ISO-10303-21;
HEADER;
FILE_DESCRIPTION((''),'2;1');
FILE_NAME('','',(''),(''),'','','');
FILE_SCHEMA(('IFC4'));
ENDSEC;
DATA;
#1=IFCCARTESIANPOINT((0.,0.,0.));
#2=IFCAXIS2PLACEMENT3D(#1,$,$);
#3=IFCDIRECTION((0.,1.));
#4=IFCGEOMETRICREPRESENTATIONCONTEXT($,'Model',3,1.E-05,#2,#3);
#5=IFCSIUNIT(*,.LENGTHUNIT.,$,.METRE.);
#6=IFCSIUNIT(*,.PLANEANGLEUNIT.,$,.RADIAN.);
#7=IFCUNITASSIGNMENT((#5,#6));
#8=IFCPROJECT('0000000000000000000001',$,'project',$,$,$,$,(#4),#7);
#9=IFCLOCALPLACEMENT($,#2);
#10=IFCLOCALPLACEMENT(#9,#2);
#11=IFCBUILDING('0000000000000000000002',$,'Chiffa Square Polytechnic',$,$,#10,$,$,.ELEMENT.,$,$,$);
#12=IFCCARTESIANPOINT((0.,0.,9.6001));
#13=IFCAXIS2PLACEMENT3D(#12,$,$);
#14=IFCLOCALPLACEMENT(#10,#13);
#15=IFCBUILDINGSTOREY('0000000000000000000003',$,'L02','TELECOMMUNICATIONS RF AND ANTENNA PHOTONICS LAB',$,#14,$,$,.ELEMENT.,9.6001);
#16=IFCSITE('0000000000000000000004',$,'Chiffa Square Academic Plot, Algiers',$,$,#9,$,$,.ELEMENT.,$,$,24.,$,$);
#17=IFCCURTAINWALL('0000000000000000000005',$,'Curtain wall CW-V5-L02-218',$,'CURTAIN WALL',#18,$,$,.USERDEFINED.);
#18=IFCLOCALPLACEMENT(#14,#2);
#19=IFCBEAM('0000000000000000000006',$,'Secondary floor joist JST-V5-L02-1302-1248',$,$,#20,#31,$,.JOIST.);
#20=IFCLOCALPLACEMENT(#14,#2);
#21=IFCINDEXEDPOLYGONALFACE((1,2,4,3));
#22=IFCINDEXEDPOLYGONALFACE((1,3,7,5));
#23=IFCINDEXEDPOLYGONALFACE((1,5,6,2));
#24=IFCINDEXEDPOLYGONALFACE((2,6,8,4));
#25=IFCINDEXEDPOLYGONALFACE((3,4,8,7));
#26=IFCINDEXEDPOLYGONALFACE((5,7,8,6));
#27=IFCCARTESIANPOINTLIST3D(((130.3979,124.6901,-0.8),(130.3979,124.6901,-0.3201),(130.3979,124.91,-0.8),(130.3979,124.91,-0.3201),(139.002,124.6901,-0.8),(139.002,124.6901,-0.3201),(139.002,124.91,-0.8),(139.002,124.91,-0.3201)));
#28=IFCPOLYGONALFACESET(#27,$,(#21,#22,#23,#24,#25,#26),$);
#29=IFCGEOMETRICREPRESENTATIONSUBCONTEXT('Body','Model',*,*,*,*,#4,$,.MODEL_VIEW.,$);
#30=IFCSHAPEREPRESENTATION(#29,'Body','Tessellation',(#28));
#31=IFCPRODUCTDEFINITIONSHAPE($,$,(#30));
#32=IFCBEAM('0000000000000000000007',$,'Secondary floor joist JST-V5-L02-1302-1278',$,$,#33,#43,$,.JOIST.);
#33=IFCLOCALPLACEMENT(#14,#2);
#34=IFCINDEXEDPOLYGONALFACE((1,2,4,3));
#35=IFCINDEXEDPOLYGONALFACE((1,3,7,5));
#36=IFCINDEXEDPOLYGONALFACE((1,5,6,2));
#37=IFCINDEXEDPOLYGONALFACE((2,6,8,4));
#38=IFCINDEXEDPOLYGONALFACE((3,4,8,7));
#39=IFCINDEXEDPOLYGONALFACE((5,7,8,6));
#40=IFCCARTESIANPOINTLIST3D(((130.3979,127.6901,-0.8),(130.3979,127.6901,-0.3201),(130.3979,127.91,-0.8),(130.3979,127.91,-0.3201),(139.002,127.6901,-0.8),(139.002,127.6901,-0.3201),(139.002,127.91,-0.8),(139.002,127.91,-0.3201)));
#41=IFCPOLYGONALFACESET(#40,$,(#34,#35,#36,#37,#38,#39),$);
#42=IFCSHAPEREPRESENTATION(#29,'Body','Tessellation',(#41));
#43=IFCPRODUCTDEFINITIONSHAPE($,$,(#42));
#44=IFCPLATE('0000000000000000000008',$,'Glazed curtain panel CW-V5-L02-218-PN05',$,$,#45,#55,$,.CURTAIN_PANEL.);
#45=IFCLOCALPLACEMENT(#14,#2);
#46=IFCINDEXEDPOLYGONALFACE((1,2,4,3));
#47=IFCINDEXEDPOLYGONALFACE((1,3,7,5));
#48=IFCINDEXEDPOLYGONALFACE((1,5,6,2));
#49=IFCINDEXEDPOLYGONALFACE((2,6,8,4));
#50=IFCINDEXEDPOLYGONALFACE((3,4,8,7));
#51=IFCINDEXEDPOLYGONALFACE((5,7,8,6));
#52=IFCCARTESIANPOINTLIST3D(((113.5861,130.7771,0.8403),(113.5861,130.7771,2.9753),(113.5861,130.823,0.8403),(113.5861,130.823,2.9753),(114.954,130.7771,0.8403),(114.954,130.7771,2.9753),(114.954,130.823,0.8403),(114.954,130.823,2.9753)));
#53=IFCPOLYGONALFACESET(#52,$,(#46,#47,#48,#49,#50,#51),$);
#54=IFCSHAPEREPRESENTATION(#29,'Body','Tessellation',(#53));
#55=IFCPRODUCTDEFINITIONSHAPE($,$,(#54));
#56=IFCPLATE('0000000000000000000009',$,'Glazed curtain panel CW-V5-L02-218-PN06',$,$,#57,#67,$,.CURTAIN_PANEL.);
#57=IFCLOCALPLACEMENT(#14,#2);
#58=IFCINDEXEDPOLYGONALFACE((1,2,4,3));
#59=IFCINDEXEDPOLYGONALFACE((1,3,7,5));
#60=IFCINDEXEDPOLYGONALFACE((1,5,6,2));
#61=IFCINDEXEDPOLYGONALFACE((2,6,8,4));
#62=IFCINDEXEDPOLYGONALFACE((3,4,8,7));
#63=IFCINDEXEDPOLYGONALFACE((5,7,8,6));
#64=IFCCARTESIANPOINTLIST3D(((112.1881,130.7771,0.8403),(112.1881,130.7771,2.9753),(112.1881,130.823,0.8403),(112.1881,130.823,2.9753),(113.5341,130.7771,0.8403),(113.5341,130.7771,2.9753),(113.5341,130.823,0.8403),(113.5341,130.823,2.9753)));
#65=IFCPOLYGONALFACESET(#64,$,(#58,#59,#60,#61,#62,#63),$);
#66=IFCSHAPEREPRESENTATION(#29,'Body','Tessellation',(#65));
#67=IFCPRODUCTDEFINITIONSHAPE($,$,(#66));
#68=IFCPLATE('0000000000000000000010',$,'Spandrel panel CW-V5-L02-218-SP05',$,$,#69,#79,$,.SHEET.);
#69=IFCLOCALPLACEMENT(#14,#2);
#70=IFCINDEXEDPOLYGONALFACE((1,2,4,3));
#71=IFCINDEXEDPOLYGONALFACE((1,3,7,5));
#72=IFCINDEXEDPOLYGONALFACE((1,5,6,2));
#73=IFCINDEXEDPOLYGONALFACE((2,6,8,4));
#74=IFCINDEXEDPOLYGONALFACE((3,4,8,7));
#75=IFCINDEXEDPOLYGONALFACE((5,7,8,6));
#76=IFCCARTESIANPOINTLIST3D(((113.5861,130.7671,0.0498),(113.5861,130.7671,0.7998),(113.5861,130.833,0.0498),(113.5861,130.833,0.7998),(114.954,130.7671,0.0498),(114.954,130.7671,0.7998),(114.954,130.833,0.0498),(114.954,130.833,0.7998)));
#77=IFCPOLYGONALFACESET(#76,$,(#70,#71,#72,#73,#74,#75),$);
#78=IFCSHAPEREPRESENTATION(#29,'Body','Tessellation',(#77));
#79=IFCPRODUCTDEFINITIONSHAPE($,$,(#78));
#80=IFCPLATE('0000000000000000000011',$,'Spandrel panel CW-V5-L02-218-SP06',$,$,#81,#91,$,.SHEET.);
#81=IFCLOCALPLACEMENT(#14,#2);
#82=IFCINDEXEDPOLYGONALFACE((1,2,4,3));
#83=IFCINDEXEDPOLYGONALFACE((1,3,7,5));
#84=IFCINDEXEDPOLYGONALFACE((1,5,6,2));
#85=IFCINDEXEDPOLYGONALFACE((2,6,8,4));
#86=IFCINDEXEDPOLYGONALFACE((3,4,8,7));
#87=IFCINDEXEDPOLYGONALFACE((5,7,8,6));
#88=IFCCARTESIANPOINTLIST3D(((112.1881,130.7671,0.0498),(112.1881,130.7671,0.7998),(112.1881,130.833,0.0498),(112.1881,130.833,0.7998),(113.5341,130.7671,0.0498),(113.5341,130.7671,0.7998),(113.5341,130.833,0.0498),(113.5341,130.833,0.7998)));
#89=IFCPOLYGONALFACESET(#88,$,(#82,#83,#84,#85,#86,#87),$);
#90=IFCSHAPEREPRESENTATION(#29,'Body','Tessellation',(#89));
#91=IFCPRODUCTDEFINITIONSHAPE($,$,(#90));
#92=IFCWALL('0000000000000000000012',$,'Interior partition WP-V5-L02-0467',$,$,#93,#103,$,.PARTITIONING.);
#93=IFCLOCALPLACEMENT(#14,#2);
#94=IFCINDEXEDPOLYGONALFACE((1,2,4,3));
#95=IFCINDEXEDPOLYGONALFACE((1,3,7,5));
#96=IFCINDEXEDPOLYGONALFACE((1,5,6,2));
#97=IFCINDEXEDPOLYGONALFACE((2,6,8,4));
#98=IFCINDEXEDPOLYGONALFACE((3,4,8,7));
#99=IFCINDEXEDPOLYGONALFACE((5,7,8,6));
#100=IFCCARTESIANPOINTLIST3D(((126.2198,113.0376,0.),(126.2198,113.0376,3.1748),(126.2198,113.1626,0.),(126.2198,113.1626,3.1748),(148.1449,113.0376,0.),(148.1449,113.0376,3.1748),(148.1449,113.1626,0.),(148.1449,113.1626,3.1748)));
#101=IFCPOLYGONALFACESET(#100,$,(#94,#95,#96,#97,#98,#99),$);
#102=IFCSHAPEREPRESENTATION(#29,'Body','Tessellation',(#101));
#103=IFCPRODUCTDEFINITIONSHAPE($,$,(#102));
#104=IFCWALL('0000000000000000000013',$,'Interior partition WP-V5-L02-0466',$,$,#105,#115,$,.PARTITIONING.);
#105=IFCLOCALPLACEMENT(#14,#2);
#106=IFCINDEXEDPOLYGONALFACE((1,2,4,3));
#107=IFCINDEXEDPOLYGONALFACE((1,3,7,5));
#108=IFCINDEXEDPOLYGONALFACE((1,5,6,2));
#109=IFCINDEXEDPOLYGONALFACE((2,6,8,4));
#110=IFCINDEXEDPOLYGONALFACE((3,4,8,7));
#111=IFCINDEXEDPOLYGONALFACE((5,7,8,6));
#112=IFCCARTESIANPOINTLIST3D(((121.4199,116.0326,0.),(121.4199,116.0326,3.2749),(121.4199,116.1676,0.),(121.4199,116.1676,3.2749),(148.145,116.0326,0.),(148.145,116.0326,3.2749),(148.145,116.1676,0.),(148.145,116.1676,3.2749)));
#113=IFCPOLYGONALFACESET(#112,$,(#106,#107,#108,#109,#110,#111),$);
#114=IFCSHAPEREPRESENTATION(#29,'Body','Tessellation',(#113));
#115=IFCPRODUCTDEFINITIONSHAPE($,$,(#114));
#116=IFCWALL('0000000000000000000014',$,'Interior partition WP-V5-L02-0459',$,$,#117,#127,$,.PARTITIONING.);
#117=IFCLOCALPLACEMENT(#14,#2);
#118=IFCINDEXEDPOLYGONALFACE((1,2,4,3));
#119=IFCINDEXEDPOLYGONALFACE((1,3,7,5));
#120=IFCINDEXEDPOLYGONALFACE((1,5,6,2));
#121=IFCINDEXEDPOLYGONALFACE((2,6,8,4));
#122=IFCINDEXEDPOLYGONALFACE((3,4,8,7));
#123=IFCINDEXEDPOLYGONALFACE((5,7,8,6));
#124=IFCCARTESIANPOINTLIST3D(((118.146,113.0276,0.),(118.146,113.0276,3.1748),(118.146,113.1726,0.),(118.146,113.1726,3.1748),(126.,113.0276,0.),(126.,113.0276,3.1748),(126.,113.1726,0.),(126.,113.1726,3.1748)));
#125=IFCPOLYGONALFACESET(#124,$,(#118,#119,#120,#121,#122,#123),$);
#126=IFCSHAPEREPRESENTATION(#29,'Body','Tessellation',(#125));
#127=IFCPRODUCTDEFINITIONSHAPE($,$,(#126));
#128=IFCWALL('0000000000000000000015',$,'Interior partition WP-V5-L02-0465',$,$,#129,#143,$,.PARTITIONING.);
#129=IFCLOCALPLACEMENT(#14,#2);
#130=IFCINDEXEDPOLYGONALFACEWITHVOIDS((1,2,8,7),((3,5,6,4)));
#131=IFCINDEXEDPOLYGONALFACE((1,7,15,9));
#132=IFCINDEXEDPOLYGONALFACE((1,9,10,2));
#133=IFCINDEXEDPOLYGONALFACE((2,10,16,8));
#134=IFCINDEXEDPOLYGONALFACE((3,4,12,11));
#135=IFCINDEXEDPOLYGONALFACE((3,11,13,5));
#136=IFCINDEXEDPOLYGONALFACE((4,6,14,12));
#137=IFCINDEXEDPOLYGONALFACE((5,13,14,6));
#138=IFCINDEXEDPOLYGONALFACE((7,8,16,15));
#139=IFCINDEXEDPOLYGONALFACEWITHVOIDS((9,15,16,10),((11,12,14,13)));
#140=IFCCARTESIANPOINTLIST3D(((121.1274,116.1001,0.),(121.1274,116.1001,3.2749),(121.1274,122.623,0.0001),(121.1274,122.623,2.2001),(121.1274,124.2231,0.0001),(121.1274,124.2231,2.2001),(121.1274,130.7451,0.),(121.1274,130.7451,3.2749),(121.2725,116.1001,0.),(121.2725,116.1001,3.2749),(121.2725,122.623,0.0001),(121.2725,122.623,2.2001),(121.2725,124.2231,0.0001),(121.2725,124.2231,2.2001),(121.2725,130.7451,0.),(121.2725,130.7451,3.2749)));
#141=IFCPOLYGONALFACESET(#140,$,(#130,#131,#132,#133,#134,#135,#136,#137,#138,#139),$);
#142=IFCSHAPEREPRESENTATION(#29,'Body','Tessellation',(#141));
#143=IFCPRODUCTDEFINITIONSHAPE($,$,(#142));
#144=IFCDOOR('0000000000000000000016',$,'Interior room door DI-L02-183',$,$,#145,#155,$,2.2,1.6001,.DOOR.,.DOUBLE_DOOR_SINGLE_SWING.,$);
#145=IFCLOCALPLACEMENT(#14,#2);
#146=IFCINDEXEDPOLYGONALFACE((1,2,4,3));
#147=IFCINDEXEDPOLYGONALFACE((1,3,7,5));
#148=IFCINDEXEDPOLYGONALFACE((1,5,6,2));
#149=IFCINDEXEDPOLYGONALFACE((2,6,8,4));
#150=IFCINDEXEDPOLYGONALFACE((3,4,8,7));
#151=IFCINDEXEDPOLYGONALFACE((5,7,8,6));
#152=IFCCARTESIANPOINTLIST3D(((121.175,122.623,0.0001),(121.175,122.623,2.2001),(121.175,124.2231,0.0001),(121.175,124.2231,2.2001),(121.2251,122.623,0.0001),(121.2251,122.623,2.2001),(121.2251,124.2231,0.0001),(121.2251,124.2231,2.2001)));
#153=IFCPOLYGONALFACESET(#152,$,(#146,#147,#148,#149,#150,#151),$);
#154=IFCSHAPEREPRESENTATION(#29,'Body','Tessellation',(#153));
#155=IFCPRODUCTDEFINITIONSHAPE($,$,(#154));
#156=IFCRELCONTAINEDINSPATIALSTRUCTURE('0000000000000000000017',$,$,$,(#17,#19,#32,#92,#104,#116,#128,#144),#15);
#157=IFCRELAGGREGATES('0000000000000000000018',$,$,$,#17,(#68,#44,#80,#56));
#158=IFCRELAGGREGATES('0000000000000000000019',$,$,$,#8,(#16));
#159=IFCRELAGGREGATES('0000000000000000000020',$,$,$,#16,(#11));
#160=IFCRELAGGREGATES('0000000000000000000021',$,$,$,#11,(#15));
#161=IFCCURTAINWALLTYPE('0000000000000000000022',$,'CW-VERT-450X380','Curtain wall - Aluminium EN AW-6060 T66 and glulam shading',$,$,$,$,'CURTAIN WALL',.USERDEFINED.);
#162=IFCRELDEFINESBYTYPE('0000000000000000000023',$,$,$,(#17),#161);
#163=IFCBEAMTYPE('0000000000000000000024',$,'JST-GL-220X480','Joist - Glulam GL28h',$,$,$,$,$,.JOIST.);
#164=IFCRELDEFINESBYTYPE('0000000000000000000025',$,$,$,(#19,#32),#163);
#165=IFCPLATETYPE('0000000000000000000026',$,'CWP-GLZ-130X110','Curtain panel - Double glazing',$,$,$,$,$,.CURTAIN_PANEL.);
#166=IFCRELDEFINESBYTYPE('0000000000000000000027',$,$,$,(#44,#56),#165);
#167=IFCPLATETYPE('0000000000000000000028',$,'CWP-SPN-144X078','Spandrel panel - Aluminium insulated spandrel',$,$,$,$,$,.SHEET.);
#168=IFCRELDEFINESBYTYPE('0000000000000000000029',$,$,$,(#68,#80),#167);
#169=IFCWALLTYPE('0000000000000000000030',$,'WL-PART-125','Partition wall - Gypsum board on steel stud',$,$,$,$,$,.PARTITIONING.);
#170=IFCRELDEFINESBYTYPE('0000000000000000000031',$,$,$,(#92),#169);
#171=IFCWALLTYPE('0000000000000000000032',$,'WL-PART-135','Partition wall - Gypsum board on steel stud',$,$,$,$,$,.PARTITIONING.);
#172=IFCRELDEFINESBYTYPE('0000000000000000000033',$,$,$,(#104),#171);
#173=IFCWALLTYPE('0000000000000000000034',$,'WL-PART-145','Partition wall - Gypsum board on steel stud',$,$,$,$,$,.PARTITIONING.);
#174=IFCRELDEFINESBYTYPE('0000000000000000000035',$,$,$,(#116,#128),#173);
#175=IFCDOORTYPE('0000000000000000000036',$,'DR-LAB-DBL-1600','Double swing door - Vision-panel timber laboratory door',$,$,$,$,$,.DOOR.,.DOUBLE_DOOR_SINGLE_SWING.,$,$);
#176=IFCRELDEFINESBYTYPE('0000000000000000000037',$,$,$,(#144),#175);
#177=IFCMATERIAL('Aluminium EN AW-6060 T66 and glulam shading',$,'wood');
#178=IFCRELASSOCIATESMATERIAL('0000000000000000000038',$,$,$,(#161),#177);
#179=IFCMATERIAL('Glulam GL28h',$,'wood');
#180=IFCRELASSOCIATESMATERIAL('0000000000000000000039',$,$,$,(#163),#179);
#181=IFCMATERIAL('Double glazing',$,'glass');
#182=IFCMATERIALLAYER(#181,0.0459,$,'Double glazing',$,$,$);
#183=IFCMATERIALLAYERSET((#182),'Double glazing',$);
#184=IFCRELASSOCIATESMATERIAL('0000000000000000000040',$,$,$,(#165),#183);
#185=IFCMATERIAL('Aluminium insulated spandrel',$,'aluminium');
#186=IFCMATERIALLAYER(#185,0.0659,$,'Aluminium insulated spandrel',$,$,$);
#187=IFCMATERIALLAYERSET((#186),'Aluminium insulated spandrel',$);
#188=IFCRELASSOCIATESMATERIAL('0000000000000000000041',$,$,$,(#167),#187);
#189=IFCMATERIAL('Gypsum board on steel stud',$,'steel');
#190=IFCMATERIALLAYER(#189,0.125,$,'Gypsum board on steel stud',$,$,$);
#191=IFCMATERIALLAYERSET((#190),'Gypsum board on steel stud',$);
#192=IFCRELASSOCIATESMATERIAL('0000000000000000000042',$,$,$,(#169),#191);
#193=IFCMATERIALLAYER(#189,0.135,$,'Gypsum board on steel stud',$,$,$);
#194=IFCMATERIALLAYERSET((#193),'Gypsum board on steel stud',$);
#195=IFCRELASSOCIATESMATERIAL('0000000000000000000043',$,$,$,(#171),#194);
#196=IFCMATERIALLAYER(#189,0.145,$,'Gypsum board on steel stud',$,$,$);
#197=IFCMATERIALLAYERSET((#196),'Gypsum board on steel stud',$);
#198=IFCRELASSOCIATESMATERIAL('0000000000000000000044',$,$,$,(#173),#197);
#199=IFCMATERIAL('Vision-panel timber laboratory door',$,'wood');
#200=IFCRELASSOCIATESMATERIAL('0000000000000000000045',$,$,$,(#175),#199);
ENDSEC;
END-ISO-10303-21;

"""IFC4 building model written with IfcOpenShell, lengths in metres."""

from ifc_helpers import new_model, si_unit, direction, frame, frame_2d, origin, origin_2d, place, context, subcontext, project, spatial, rectangle, extrude, material, layer, layer_set, material_profile, profile_set, type_object, element, fill, aggregate, save


model = new_model("IFC4")

# Units and contexts
model_context = context("Model", 3, precision=1e-05, world=origin(), true_north=direction((0.0, 1.0)))
body_context = subcontext(model_context, "Body", "Model", "MODEL_VIEW")
ifc_project = project(units=[si_unit("LENGTHUNIT", "METRE"), si_unit("PLANEANGLEUNIT", "RADIAN")], contexts=[model_context])

# Site, building, storey
site_placement = place(None, origin())
site = spatial("IfcSite", under=ifc_project, at=site_placement, Name="Chiffa Square Academic Plot, Algiers", CompositionType="ELEMENT", RefElevation=24.0)
building_placement = place(site_placement, origin())
building = spatial("IfcBuilding", under=site, at=building_placement, Name="Chiffa Square Polytechnic", CompositionType="ELEMENT")
storey_placement = place(building_placement, frame((0.0, 0.0, 9.6001)))
storey = spatial("IfcBuildingStorey", under=building, at=storey_placement, Name="L02", Description="TELECOMMUNICATIONS RF AND ANTENNA PHOTONICS LAB", CompositionType="ELEMENT", Elevation=9.6001)

# Curtain wall
ifc_material_1 = material(Name="Aluminium EN AW-6060 T66 and glulam shading", Category="wood")
curtain_wall_type = type_object("IfcCurtainWallType", Name="CW-VERT-450X380", Description="Curtain wall - Aluminium EN AW-6060 T66 and glulam shading", ElementType="CURTAIN WALL", PredefinedType="USERDEFINED", material=ifc_material_1)
curtain_wall_placement = place(storey_placement, origin())
curtain_wall = element("IfcCurtainWall", 1, at=curtain_wall_placement, inside=storey, type_object=curtain_wall_type, Name="Curtain wall CW-V5-L02-218", ObjectType="CURTAIN WALL", PredefinedType="USERDEFINED")

# Beams
ifc_material_2 = material(Name="Glulam GL28h", Category="wood")
ifc_material_profile_1 = material_profile(ifc_material_2, rectangle(XDim=0.22, YDim=0.48, at=origin_2d()), Name="GL28h 220x480")
ifc_profile_set_1 = profile_set([ifc_material_profile_1], Name="Glulam GL28h")
beam_type_1 = type_object("IfcBeamType", Name="JST-GL-220X480", Description="Joist - Glulam GL28h", PredefinedType="JOIST", material=ifc_profile_set_1)
for number, where, z_axis, x_axis, name in (
    (2, (130.3979, 124.8, -0.5601), (1.0, 0.0, 0.0), (0.0, 1.0, 0.0), "Secondary floor joist JST-V5-L02-1302-1248"),
    (3, (130.3979, 127.8, -0.5601), (1.0, 0.0, 0.0), (0.0, 1.0, 0.0), "Secondary floor joist JST-V5-L02-1302-1278"),
):
    element("IfcBeam", number, at=place(storey_placement, frame(where, z_axis=z_axis, x_axis=x_axis)), inside=storey, type_object=beam_type_1, Name=name, PredefinedType="JOIST", context=body_context, shape_type="SweptSolid", body=[
        extrude(rectangle(XDim=0.22, YDim=0.48, at=origin_2d()), origin(), (0.0, 0.0, 1.0), 8.604),
    ])

# Plates
ifc_material_3 = material(Name="Double glazing", Category="glass")
ifc_layer_1 = layer(ifc_material_3, 0.0459, Name="Double glazing")
ifc_layer_set_1 = layer_set([ifc_layer_1], Name="Double glazing")
plate_type_1 = type_object("IfcPlateType", Name="CWP-GLZ-130X110", Description="Curtain panel - Double glazing", PredefinedType="CURTAIN_PANEL", material=ifc_layer_set_1)
plate_1_placement = place(storey_placement, frame((114.27, 130.8, 0.8403), z_axis=(0.0, 0.0, 1.0), x_axis=(-1.0, 0.0, 0.0)))
plate_1 = element("IfcPlate", 4, at=plate_1_placement, type_object=plate_type_1, Name="Glazed curtain panel CW-V5-L02-218-PN05", PredefinedType="CURTAIN_PANEL", context=body_context, shape_type="SweptSolid", body=[
    extrude(rectangle(XDim=1.3679, YDim=0.0459, at=origin_2d()), origin(), (0.0, 0.0, 1.0), 2.135),
])
plate_2_placement = place(storey_placement, frame((112.8611, 130.8, 0.8403), z_axis=(0.0, 0.0, 1.0), x_axis=(-1.0, 0.0, 0.0)))
plate_2 = element("IfcPlate", 5, at=plate_2_placement, type_object=plate_type_1, Name="Glazed curtain panel CW-V5-L02-218-PN06", PredefinedType="CURTAIN_PANEL", context=body_context, shape_type="SweptSolid", body=[
    extrude(rectangle(XDim=1.3459, YDim=0.0459, at=origin_2d()), origin(), (0.0, 0.0, 1.0), 2.135),
])
ifc_material_4 = material(Name="Aluminium insulated spandrel", Category="aluminium")
ifc_layer_2 = layer(ifc_material_4, 0.0659, Name="Aluminium insulated spandrel")
ifc_layer_set_2 = layer_set([ifc_layer_2], Name="Aluminium insulated spandrel")
plate_type_2 = type_object("IfcPlateType", Name="CWP-SPN-144X078", Description="Spandrel panel - Aluminium insulated spandrel", PredefinedType="SHEET", material=ifc_layer_set_2)
plate_3_placement = place(storey_placement, frame((114.27, 130.8, 0.0498), z_axis=(0.0, 0.0, 1.0), x_axis=(-1.0, 0.0, 0.0)))
plate_3 = element("IfcPlate", 6, at=plate_3_placement, type_object=plate_type_2, Name="Spandrel panel CW-V5-L02-218-SP05", PredefinedType="SHEET", context=body_context, shape_type="SweptSolid", body=[
    extrude(rectangle(XDim=1.3679, YDim=0.0659, at=origin_2d()), origin(), (0.0, 0.0, 1.0), 0.75),
])
plate_4_placement = place(storey_placement, frame((112.8611, 130.8, 0.0498), z_axis=(0.0, 0.0, 1.0), x_axis=(-1.0, 0.0, 0.0)))
plate_4 = element("IfcPlate", 7, at=plate_4_placement, type_object=plate_type_2, Name="Spandrel panel CW-V5-L02-218-SP06", PredefinedType="SHEET", context=body_context, shape_type="SweptSolid", body=[
    extrude(rectangle(XDim=1.3459, YDim=0.0659, at=origin_2d()), origin(), (0.0, 0.0, 1.0), 0.75),
])
aggregate(curtain_wall, [plate_3, plate_1, plate_4, plate_2])

# Walls
ifc_material_5 = material(Name="Gypsum board on steel stud", Category="steel")
ifc_layer_3 = layer(ifc_material_5, 0.125, Name="Gypsum board on steel stud")
ifc_layer_set_3 = layer_set([ifc_layer_3], Name="Gypsum board on steel stud")
wall_type_1 = type_object("IfcWallType", Name="WL-PART-125", Description="Partition wall - Gypsum board on steel stud", PredefinedType="PARTITIONING", material=ifc_layer_set_3)
wall_1_placement = place(storey_placement, frame((126.22, 113.1001, 0.0), z_axis=(0.0, 0.0, 1.0), x_axis=(1.0, 0.0, 0.0)))
element("IfcWall", 8, at=wall_1_placement, inside=storey, type_object=wall_type_1, Name="Interior partition WP-V5-L02-0467", PredefinedType="PARTITIONING", context=body_context, shape_type="SweptSolid", body=[
    extrude(rectangle(XDim=21.925, YDim=0.125, at=frame_2d((10.9624, 0.0))), origin(), (0.0, 0.0, 1.0), 3.1748),
])
ifc_layer_4 = layer(ifc_material_5, 0.135, Name="Gypsum board on steel stud")
ifc_layer_set_4 = layer_set([ifc_layer_4], Name="Gypsum board on steel stud")
wall_type_2 = type_object("IfcWallType", Name="WL-PART-135", Description="Partition wall - Gypsum board on steel stud", PredefinedType="PARTITIONING", material=ifc_layer_set_4)
wall_2_placement = place(storey_placement, frame((121.4199, 116.1001, 0.0), z_axis=(0.0, 0.0, 1.0), x_axis=(1.0, 0.0, 0.0)))
element("IfcWall", 9, at=wall_2_placement, inside=storey, type_object=wall_type_2, Name="Interior partition WP-V5-L02-0466", PredefinedType="PARTITIONING", context=body_context, shape_type="SweptSolid", body=[
    extrude(rectangle(XDim=26.7251, YDim=0.135, at=frame_2d((13.3625, 0.0))), origin(), (0.0, 0.0, 1.0), 3.2749),
])
ifc_layer_5 = layer(ifc_material_5, 0.145, Name="Gypsum board on steel stud")
ifc_layer_set_5 = layer_set([ifc_layer_5], Name="Gypsum board on steel stud")
wall_type_3 = type_object("IfcWallType", Name="WL-PART-145", Description="Partition wall - Gypsum board on steel stud", PredefinedType="PARTITIONING", material=ifc_layer_set_5)
wall_3_placement = place(storey_placement, frame((118.146, 113.1001, 0.0), z_axis=(0.0, 0.0, 1.0), x_axis=(1.0, 0.0, 0.0)))
element("IfcWall", 10, at=wall_3_placement, inside=storey, type_object=wall_type_3, Name="Interior partition WP-V5-L02-0459", PredefinedType="PARTITIONING", context=body_context, shape_type="SweptSolid", body=[
    extrude(rectangle(XDim=7.854, YDim=0.145, at=frame_2d((3.927, 0.0))), origin(), (0.0, 0.0, 1.0), 3.1748),
])

# Wall, opening, door
wall_4_placement = place(storey_placement, frame((121.2, 116.1001, 0.0), z_axis=(0.0, 0.0, 1.0), x_axis=(0.0, 1.0, 0.0)))
wall_4 = element("IfcWall", 11, at=wall_4_placement, inside=storey, type_object=wall_type_3, Name="Interior partition WP-V5-L02-0465", PredefinedType="PARTITIONING", context=body_context, shape_type="SweptSolid", body=[
    extrude(rectangle(XDim=14.645, YDim=0.145, at=frame_2d((7.3225, 0.0))), origin(), (0.0, 0.0, 1.0), 3.2749),
])
opening_1_placement = place(wall_4_placement, frame((6.5229, 0.0, 0.0)))
opening_1 = element("IfcOpeningElement", 12, at=opening_1_placement, cuts=wall_4, PredefinedType="OPENING", context=body_context, shape_type="SweptSolid", body=[
    extrude(rectangle(XDim=1.6001, YDim=2.2, at=frame_2d((0.8, 1.1001))), frame((0.0, 0.0825, 0.0), z_axis=(0.0, -1.0, 0.0), x_axis=(1.0, 0.0, 0.0)), (0.0, 0.0, 1.0), 0.165),
])
ifc_material_6 = material(Name="Vision-panel timber laboratory door", Category="wood")
door_type_1 = type_object("IfcDoorType", Name="DR-LAB-DBL-1600", Description="Double swing door - Vision-panel timber laboratory door", OperationType="DOUBLE_DOOR_SINGLE_SWING", PredefinedType="DOOR", material=ifc_material_6)
door_1_placement = place(opening_1_placement, origin())
door_1 = element("IfcDoor", 13, at=door_1_placement, inside=storey, type_object=door_type_1, Name="Interior room door DI-L02-183", OperationType="DOUBLE_DOOR_SINGLE_SWING", OverallHeight=2.2, OverallWidth=1.6001, PredefinedType="DOOR", context=body_context, shape_type="SweptSolid", body=[
    extrude(rectangle(XDim=1.6001, YDim=2.2, at=frame_2d((0.8, 1.1001))), frame((0.0, 0.0249, 0.0), z_axis=(0.0, -1.0, 0.0), x_axis=(1.0, 0.0, 0.0)), (0.0, 0.0, 1.0), 0.05),
])
fill(opening_1, door_1)

save(model, "model.ifc")
